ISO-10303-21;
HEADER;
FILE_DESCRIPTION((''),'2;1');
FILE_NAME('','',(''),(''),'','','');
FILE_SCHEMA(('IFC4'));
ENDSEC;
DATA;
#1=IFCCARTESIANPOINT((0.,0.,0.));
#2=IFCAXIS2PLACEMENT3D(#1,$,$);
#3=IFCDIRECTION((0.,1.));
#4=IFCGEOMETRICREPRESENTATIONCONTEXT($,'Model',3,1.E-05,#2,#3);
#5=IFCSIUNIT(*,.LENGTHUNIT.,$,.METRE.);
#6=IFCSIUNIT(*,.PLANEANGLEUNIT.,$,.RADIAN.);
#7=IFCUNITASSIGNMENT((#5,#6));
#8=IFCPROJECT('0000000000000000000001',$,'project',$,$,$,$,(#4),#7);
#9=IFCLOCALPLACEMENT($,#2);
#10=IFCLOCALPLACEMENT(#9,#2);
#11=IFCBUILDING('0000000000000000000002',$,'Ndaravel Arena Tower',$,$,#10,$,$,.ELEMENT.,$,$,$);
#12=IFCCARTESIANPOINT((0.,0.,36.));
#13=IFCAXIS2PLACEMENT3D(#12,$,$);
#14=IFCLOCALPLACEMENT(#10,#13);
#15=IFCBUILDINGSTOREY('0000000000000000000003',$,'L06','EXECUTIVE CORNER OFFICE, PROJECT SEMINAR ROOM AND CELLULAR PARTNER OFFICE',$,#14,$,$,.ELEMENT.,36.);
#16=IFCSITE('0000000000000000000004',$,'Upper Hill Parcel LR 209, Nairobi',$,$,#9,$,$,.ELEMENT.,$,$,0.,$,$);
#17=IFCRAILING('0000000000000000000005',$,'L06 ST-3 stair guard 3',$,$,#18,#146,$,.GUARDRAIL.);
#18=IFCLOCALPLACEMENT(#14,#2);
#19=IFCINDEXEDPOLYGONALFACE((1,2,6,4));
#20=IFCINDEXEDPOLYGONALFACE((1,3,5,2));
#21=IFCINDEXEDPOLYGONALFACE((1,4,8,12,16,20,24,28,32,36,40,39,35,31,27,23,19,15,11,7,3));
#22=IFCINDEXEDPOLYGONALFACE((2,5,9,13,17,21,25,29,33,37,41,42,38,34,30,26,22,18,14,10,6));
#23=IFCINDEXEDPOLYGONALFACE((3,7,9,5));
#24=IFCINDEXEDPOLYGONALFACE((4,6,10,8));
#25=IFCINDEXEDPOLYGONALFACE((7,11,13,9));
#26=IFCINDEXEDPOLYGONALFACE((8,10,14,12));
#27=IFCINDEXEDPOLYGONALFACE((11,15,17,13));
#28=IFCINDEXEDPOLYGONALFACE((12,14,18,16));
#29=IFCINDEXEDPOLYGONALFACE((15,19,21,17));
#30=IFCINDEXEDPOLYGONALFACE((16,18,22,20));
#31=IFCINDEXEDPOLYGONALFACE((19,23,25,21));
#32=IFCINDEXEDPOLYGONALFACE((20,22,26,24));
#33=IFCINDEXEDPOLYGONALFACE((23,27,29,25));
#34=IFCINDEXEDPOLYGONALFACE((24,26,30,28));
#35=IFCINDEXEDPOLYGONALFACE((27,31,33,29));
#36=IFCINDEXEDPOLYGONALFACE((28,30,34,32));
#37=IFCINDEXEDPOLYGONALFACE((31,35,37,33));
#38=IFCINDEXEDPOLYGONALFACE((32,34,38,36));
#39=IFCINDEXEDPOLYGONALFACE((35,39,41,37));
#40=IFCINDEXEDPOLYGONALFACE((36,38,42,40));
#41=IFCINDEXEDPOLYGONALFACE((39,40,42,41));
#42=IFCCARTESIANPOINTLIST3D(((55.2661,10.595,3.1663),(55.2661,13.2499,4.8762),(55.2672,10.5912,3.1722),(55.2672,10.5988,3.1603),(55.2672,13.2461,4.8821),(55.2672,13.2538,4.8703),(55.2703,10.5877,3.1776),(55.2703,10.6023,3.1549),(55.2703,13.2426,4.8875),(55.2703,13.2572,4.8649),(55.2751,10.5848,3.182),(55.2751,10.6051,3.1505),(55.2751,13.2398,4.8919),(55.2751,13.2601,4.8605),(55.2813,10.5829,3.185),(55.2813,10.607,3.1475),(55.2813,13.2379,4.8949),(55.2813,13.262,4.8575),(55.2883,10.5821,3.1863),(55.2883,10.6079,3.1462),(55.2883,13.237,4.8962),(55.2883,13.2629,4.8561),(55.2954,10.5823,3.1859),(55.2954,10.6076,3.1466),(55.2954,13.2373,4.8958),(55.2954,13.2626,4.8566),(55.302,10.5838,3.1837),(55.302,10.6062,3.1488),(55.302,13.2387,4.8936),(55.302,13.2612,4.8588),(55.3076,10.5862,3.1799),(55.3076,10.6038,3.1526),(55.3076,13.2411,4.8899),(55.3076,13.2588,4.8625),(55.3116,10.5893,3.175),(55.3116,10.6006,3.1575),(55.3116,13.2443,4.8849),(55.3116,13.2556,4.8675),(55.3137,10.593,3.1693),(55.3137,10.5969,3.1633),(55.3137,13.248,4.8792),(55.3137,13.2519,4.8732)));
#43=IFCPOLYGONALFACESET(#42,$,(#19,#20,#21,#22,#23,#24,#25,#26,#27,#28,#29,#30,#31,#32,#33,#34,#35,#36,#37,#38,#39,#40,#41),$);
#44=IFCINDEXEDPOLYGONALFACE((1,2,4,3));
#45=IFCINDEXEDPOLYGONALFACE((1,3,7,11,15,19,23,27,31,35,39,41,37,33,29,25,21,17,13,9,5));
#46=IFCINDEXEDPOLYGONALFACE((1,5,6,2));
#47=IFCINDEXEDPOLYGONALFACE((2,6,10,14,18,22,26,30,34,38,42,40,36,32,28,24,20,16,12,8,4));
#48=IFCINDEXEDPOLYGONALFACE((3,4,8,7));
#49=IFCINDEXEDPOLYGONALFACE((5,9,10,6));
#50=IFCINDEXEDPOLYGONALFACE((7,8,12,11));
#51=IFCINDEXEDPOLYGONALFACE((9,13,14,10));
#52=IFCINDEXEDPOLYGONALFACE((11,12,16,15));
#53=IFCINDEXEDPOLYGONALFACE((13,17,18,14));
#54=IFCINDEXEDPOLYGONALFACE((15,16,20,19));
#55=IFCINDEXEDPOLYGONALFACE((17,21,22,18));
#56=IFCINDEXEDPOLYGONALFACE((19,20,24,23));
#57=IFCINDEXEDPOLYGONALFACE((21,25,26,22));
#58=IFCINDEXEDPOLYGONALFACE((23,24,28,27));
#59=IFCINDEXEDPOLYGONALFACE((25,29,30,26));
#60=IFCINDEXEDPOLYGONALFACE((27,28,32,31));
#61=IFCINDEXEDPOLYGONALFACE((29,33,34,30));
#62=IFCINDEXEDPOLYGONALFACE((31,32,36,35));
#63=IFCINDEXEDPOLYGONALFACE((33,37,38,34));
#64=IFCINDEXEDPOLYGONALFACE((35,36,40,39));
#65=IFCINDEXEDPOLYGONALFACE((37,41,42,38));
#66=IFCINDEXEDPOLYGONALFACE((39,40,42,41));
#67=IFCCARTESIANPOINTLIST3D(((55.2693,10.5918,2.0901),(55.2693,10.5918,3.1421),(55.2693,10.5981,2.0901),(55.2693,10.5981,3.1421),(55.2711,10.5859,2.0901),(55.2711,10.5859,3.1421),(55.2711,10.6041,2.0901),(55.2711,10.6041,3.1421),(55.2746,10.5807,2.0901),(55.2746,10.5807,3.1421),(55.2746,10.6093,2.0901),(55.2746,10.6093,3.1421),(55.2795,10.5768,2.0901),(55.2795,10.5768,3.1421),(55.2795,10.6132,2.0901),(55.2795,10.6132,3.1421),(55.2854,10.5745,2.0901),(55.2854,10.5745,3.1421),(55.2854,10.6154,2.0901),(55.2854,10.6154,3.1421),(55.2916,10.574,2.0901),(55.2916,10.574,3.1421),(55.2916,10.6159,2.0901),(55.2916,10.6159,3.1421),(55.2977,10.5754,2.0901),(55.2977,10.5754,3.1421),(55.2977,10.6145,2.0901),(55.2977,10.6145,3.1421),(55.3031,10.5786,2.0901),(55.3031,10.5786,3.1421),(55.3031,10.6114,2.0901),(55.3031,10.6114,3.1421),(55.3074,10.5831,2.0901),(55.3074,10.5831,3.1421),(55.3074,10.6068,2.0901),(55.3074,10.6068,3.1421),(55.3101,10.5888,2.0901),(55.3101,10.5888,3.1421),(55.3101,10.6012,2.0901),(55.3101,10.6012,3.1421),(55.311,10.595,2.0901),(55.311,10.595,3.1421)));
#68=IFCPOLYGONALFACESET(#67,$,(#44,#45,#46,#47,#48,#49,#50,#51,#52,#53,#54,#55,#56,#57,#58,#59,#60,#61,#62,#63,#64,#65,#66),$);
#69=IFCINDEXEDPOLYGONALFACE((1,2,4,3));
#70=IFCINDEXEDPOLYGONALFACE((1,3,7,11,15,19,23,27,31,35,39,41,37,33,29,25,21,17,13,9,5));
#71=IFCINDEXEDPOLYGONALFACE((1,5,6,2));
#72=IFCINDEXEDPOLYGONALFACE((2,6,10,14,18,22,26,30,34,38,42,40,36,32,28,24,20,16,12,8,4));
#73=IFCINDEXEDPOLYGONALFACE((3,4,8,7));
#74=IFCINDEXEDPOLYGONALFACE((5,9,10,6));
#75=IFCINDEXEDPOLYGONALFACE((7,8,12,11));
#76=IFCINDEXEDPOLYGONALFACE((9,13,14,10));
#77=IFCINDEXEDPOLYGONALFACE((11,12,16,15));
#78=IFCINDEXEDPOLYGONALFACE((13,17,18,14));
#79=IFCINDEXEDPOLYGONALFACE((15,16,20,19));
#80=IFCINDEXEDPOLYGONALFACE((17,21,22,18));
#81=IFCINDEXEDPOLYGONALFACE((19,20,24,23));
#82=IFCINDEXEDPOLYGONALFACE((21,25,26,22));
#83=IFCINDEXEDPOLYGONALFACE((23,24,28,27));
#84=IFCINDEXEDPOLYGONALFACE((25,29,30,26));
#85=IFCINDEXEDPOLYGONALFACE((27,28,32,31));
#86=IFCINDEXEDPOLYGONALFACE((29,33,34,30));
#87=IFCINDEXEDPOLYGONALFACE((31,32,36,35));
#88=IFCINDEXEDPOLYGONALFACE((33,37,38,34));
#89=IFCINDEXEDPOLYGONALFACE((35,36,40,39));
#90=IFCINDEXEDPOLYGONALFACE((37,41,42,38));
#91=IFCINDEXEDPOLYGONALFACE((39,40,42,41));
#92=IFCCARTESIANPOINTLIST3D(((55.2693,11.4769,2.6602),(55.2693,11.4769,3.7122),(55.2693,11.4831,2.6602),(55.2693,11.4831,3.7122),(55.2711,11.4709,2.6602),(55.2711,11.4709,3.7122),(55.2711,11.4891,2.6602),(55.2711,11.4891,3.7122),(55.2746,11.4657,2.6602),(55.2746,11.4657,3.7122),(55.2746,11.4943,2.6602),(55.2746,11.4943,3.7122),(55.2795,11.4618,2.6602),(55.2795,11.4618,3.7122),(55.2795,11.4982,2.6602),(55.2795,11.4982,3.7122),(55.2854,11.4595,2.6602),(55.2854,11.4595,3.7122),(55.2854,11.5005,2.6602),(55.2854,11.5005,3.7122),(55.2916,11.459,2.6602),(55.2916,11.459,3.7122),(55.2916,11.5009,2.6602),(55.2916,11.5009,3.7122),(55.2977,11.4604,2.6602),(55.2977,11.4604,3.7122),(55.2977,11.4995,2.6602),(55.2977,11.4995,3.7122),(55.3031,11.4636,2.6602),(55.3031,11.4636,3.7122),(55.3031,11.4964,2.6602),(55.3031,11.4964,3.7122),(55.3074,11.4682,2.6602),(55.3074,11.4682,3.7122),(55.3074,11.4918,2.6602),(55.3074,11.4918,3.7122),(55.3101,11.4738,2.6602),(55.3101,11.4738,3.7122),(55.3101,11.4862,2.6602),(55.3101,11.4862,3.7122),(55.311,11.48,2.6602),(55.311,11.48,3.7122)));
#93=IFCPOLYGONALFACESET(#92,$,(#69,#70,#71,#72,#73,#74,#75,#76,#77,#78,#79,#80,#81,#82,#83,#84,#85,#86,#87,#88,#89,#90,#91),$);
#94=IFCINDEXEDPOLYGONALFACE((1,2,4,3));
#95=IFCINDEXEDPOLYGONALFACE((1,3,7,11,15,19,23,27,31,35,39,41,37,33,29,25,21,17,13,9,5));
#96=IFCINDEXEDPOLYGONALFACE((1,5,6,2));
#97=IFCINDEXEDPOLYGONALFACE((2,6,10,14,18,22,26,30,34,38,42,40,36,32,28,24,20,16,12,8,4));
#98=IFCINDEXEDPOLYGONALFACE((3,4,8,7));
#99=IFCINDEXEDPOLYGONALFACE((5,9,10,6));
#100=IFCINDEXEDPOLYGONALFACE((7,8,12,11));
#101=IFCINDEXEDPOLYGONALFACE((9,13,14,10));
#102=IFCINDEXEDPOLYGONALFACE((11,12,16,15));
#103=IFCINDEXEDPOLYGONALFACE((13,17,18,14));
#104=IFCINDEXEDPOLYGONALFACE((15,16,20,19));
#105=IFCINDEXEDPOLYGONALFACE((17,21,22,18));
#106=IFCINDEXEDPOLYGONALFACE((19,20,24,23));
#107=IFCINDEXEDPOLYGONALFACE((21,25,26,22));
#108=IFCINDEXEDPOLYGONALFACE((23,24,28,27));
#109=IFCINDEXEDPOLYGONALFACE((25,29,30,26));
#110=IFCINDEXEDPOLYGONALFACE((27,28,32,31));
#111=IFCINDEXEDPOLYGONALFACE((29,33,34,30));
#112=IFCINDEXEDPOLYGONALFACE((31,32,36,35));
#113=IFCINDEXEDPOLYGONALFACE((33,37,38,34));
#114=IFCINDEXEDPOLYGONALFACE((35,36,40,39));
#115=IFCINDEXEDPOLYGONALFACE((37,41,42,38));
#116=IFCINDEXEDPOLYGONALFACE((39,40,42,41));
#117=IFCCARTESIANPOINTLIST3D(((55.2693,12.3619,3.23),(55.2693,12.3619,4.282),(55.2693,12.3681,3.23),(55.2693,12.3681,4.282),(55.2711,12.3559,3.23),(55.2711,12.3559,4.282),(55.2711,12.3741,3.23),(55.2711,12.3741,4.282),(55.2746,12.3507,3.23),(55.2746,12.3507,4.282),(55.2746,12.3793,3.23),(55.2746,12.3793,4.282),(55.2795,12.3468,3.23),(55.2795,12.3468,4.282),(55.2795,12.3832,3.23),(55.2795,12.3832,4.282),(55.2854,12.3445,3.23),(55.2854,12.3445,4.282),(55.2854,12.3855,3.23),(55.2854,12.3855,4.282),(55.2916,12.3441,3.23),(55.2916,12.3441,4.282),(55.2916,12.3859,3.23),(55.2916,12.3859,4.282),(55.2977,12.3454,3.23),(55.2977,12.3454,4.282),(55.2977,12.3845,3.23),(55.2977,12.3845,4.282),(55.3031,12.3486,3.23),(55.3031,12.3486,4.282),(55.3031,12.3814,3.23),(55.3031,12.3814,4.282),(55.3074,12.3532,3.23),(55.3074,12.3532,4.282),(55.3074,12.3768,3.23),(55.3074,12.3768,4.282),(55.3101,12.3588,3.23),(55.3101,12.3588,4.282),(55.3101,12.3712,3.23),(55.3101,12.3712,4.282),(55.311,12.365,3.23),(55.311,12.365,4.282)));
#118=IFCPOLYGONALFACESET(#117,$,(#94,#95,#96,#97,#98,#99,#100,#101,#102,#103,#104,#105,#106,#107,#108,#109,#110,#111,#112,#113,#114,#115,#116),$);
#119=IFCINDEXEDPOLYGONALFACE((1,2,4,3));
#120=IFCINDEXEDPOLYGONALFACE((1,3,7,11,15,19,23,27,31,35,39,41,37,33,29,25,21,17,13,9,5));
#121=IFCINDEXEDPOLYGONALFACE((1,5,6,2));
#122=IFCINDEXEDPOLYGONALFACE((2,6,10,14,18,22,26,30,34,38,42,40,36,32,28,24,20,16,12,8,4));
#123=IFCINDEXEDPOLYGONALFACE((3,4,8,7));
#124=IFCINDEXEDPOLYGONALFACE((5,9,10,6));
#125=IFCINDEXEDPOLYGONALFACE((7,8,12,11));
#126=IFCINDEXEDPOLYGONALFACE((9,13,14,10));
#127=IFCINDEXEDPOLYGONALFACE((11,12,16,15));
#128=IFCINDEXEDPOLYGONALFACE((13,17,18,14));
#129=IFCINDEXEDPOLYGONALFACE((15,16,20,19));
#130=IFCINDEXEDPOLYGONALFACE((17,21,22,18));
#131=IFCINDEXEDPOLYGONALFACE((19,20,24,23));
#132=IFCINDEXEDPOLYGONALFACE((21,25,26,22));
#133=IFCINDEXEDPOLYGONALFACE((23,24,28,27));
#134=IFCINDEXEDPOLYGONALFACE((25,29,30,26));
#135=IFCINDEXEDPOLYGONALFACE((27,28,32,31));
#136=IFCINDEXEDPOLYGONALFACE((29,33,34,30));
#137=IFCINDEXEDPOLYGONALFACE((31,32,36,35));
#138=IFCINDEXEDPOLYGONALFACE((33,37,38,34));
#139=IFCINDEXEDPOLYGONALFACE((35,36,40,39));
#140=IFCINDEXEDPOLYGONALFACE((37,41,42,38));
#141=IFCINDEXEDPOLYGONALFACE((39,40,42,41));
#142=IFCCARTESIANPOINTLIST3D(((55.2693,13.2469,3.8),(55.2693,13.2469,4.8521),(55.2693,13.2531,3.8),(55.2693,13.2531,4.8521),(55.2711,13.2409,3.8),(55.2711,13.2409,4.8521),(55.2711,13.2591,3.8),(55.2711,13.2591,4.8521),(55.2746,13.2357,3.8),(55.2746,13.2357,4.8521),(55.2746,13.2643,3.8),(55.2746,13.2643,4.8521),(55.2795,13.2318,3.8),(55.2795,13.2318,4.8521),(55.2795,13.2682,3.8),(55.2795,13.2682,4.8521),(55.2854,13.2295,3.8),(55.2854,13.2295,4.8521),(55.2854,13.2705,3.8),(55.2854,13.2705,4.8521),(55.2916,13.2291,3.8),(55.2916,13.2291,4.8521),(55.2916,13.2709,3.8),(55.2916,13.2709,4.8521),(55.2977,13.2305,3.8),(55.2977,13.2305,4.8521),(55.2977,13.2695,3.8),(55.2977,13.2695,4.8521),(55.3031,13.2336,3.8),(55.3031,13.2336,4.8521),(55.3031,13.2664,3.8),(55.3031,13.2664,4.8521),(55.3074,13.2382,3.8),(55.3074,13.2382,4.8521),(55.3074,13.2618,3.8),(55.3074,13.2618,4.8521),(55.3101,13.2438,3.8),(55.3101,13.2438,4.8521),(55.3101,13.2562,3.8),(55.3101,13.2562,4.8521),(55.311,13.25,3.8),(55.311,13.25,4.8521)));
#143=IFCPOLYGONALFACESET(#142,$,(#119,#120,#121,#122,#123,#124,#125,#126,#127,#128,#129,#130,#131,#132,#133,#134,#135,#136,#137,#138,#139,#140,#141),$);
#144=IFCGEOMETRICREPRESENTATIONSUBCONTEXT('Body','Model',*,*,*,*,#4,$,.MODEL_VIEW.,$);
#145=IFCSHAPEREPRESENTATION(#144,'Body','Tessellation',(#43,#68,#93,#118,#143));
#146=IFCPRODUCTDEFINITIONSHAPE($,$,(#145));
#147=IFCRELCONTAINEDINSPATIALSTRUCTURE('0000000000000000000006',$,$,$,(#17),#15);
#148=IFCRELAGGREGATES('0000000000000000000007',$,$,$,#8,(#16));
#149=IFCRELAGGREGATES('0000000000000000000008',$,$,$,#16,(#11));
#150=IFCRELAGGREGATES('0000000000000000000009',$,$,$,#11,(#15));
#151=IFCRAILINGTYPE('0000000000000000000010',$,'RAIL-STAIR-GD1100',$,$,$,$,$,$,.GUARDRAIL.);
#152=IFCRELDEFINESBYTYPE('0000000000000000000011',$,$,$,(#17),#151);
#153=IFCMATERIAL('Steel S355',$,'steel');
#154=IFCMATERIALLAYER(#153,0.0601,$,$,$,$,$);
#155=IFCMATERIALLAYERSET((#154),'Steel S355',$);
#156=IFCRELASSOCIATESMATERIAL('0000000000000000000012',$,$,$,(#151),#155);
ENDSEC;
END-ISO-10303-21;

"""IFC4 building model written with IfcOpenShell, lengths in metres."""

from ifc_helpers import new_model, si_unit, direction, frame, origin, origin_2d, place, context, subcontext, project, spatial, circle, extrude, material, layer, layer_set, type_object, element, save


model = new_model("IFC4")

# Units and contexts
model_context = context("Model", 3, precision=1e-05, world=origin(), true_north=direction((0.0, 1.0)))
body_context = subcontext(model_context, "Body", "Model", "MODEL_VIEW")
ifc_project = project(units=[si_unit("LENGTHUNIT", "METRE"), si_unit("PLANEANGLEUNIT", "RADIAN")], contexts=[model_context])

# Site, building, storey
site_placement = place(None, origin())
site = spatial("IfcSite", under=ifc_project, at=site_placement, Name="Upper Hill Parcel LR 209, Nairobi", CompositionType="ELEMENT", RefElevation=0.0)
building_placement = place(site_placement, origin())
building = spatial("IfcBuilding", under=site, at=building_placement, Name="Ndaravel Arena Tower", CompositionType="ELEMENT")
storey_placement = place(building_placement, frame((0.0, 0.0, 36.0)))
storey = spatial("IfcBuildingStorey", under=building, at=storey_placement, Name="L06", Description="EXECUTIVE CORNER OFFICE, PROJECT SEMINAR ROOM AND CELLULAR PARTNER OFFICE", CompositionType="ELEMENT", Elevation=36.0)

# Railing
ifc_material_1 = material(Name="Steel S355", Category="steel")
ifc_layer_1 = layer(ifc_material_1, 0.0601)
ifc_layer_set_1 = layer_set([ifc_layer_1], Name="Steel S355")
railing_type_1 = type_object("IfcRailingType", Name="RAIL-STAIR-GD1100", PredefinedType="GUARDRAIL", material=ifc_layer_set_1)
railing_1_placement = place(storey_placement, frame((55.29, 10.595, 2.0901)))
element("IfcRailing", 1, at=railing_1_placement, inside=storey, type_object=railing_type_1, Name="L06 ST-3 stair guard 3", PredefinedType="GUARDRAIL", context=body_context, shape_type="SweptSolid", body=[
    extrude(circle(Radius=0.0239, at=origin_2d()), frame((0.0, 0.0, 1.0762), z_axis=(0.0, 0.840724, 0.541465), x_axis=(-1.0, 0.0, 0.0)), (0.0, 0.0, 1.0), 3.158),
    extrude(circle(Radius=0.021, at=origin_2d()), origin(), (0.0, 0.0, 1.0), 1.052),
    extrude(circle(Radius=0.021, at=origin_2d()), frame((0.0, 0.885, 0.5701)), (0.0, 0.0, 1.0), 1.052),
    extrude(circle(Radius=0.021, at=origin_2d()), frame((0.0, 1.77, 1.1399)), (0.0, 0.0, 1.0), 1.052),
    extrude(circle(Radius=0.021, at=origin_2d()), frame((0.0, 2.655, 1.71)), (0.0, 0.0, 1.0), 1.052),
])

save(model, "model.ifc")
